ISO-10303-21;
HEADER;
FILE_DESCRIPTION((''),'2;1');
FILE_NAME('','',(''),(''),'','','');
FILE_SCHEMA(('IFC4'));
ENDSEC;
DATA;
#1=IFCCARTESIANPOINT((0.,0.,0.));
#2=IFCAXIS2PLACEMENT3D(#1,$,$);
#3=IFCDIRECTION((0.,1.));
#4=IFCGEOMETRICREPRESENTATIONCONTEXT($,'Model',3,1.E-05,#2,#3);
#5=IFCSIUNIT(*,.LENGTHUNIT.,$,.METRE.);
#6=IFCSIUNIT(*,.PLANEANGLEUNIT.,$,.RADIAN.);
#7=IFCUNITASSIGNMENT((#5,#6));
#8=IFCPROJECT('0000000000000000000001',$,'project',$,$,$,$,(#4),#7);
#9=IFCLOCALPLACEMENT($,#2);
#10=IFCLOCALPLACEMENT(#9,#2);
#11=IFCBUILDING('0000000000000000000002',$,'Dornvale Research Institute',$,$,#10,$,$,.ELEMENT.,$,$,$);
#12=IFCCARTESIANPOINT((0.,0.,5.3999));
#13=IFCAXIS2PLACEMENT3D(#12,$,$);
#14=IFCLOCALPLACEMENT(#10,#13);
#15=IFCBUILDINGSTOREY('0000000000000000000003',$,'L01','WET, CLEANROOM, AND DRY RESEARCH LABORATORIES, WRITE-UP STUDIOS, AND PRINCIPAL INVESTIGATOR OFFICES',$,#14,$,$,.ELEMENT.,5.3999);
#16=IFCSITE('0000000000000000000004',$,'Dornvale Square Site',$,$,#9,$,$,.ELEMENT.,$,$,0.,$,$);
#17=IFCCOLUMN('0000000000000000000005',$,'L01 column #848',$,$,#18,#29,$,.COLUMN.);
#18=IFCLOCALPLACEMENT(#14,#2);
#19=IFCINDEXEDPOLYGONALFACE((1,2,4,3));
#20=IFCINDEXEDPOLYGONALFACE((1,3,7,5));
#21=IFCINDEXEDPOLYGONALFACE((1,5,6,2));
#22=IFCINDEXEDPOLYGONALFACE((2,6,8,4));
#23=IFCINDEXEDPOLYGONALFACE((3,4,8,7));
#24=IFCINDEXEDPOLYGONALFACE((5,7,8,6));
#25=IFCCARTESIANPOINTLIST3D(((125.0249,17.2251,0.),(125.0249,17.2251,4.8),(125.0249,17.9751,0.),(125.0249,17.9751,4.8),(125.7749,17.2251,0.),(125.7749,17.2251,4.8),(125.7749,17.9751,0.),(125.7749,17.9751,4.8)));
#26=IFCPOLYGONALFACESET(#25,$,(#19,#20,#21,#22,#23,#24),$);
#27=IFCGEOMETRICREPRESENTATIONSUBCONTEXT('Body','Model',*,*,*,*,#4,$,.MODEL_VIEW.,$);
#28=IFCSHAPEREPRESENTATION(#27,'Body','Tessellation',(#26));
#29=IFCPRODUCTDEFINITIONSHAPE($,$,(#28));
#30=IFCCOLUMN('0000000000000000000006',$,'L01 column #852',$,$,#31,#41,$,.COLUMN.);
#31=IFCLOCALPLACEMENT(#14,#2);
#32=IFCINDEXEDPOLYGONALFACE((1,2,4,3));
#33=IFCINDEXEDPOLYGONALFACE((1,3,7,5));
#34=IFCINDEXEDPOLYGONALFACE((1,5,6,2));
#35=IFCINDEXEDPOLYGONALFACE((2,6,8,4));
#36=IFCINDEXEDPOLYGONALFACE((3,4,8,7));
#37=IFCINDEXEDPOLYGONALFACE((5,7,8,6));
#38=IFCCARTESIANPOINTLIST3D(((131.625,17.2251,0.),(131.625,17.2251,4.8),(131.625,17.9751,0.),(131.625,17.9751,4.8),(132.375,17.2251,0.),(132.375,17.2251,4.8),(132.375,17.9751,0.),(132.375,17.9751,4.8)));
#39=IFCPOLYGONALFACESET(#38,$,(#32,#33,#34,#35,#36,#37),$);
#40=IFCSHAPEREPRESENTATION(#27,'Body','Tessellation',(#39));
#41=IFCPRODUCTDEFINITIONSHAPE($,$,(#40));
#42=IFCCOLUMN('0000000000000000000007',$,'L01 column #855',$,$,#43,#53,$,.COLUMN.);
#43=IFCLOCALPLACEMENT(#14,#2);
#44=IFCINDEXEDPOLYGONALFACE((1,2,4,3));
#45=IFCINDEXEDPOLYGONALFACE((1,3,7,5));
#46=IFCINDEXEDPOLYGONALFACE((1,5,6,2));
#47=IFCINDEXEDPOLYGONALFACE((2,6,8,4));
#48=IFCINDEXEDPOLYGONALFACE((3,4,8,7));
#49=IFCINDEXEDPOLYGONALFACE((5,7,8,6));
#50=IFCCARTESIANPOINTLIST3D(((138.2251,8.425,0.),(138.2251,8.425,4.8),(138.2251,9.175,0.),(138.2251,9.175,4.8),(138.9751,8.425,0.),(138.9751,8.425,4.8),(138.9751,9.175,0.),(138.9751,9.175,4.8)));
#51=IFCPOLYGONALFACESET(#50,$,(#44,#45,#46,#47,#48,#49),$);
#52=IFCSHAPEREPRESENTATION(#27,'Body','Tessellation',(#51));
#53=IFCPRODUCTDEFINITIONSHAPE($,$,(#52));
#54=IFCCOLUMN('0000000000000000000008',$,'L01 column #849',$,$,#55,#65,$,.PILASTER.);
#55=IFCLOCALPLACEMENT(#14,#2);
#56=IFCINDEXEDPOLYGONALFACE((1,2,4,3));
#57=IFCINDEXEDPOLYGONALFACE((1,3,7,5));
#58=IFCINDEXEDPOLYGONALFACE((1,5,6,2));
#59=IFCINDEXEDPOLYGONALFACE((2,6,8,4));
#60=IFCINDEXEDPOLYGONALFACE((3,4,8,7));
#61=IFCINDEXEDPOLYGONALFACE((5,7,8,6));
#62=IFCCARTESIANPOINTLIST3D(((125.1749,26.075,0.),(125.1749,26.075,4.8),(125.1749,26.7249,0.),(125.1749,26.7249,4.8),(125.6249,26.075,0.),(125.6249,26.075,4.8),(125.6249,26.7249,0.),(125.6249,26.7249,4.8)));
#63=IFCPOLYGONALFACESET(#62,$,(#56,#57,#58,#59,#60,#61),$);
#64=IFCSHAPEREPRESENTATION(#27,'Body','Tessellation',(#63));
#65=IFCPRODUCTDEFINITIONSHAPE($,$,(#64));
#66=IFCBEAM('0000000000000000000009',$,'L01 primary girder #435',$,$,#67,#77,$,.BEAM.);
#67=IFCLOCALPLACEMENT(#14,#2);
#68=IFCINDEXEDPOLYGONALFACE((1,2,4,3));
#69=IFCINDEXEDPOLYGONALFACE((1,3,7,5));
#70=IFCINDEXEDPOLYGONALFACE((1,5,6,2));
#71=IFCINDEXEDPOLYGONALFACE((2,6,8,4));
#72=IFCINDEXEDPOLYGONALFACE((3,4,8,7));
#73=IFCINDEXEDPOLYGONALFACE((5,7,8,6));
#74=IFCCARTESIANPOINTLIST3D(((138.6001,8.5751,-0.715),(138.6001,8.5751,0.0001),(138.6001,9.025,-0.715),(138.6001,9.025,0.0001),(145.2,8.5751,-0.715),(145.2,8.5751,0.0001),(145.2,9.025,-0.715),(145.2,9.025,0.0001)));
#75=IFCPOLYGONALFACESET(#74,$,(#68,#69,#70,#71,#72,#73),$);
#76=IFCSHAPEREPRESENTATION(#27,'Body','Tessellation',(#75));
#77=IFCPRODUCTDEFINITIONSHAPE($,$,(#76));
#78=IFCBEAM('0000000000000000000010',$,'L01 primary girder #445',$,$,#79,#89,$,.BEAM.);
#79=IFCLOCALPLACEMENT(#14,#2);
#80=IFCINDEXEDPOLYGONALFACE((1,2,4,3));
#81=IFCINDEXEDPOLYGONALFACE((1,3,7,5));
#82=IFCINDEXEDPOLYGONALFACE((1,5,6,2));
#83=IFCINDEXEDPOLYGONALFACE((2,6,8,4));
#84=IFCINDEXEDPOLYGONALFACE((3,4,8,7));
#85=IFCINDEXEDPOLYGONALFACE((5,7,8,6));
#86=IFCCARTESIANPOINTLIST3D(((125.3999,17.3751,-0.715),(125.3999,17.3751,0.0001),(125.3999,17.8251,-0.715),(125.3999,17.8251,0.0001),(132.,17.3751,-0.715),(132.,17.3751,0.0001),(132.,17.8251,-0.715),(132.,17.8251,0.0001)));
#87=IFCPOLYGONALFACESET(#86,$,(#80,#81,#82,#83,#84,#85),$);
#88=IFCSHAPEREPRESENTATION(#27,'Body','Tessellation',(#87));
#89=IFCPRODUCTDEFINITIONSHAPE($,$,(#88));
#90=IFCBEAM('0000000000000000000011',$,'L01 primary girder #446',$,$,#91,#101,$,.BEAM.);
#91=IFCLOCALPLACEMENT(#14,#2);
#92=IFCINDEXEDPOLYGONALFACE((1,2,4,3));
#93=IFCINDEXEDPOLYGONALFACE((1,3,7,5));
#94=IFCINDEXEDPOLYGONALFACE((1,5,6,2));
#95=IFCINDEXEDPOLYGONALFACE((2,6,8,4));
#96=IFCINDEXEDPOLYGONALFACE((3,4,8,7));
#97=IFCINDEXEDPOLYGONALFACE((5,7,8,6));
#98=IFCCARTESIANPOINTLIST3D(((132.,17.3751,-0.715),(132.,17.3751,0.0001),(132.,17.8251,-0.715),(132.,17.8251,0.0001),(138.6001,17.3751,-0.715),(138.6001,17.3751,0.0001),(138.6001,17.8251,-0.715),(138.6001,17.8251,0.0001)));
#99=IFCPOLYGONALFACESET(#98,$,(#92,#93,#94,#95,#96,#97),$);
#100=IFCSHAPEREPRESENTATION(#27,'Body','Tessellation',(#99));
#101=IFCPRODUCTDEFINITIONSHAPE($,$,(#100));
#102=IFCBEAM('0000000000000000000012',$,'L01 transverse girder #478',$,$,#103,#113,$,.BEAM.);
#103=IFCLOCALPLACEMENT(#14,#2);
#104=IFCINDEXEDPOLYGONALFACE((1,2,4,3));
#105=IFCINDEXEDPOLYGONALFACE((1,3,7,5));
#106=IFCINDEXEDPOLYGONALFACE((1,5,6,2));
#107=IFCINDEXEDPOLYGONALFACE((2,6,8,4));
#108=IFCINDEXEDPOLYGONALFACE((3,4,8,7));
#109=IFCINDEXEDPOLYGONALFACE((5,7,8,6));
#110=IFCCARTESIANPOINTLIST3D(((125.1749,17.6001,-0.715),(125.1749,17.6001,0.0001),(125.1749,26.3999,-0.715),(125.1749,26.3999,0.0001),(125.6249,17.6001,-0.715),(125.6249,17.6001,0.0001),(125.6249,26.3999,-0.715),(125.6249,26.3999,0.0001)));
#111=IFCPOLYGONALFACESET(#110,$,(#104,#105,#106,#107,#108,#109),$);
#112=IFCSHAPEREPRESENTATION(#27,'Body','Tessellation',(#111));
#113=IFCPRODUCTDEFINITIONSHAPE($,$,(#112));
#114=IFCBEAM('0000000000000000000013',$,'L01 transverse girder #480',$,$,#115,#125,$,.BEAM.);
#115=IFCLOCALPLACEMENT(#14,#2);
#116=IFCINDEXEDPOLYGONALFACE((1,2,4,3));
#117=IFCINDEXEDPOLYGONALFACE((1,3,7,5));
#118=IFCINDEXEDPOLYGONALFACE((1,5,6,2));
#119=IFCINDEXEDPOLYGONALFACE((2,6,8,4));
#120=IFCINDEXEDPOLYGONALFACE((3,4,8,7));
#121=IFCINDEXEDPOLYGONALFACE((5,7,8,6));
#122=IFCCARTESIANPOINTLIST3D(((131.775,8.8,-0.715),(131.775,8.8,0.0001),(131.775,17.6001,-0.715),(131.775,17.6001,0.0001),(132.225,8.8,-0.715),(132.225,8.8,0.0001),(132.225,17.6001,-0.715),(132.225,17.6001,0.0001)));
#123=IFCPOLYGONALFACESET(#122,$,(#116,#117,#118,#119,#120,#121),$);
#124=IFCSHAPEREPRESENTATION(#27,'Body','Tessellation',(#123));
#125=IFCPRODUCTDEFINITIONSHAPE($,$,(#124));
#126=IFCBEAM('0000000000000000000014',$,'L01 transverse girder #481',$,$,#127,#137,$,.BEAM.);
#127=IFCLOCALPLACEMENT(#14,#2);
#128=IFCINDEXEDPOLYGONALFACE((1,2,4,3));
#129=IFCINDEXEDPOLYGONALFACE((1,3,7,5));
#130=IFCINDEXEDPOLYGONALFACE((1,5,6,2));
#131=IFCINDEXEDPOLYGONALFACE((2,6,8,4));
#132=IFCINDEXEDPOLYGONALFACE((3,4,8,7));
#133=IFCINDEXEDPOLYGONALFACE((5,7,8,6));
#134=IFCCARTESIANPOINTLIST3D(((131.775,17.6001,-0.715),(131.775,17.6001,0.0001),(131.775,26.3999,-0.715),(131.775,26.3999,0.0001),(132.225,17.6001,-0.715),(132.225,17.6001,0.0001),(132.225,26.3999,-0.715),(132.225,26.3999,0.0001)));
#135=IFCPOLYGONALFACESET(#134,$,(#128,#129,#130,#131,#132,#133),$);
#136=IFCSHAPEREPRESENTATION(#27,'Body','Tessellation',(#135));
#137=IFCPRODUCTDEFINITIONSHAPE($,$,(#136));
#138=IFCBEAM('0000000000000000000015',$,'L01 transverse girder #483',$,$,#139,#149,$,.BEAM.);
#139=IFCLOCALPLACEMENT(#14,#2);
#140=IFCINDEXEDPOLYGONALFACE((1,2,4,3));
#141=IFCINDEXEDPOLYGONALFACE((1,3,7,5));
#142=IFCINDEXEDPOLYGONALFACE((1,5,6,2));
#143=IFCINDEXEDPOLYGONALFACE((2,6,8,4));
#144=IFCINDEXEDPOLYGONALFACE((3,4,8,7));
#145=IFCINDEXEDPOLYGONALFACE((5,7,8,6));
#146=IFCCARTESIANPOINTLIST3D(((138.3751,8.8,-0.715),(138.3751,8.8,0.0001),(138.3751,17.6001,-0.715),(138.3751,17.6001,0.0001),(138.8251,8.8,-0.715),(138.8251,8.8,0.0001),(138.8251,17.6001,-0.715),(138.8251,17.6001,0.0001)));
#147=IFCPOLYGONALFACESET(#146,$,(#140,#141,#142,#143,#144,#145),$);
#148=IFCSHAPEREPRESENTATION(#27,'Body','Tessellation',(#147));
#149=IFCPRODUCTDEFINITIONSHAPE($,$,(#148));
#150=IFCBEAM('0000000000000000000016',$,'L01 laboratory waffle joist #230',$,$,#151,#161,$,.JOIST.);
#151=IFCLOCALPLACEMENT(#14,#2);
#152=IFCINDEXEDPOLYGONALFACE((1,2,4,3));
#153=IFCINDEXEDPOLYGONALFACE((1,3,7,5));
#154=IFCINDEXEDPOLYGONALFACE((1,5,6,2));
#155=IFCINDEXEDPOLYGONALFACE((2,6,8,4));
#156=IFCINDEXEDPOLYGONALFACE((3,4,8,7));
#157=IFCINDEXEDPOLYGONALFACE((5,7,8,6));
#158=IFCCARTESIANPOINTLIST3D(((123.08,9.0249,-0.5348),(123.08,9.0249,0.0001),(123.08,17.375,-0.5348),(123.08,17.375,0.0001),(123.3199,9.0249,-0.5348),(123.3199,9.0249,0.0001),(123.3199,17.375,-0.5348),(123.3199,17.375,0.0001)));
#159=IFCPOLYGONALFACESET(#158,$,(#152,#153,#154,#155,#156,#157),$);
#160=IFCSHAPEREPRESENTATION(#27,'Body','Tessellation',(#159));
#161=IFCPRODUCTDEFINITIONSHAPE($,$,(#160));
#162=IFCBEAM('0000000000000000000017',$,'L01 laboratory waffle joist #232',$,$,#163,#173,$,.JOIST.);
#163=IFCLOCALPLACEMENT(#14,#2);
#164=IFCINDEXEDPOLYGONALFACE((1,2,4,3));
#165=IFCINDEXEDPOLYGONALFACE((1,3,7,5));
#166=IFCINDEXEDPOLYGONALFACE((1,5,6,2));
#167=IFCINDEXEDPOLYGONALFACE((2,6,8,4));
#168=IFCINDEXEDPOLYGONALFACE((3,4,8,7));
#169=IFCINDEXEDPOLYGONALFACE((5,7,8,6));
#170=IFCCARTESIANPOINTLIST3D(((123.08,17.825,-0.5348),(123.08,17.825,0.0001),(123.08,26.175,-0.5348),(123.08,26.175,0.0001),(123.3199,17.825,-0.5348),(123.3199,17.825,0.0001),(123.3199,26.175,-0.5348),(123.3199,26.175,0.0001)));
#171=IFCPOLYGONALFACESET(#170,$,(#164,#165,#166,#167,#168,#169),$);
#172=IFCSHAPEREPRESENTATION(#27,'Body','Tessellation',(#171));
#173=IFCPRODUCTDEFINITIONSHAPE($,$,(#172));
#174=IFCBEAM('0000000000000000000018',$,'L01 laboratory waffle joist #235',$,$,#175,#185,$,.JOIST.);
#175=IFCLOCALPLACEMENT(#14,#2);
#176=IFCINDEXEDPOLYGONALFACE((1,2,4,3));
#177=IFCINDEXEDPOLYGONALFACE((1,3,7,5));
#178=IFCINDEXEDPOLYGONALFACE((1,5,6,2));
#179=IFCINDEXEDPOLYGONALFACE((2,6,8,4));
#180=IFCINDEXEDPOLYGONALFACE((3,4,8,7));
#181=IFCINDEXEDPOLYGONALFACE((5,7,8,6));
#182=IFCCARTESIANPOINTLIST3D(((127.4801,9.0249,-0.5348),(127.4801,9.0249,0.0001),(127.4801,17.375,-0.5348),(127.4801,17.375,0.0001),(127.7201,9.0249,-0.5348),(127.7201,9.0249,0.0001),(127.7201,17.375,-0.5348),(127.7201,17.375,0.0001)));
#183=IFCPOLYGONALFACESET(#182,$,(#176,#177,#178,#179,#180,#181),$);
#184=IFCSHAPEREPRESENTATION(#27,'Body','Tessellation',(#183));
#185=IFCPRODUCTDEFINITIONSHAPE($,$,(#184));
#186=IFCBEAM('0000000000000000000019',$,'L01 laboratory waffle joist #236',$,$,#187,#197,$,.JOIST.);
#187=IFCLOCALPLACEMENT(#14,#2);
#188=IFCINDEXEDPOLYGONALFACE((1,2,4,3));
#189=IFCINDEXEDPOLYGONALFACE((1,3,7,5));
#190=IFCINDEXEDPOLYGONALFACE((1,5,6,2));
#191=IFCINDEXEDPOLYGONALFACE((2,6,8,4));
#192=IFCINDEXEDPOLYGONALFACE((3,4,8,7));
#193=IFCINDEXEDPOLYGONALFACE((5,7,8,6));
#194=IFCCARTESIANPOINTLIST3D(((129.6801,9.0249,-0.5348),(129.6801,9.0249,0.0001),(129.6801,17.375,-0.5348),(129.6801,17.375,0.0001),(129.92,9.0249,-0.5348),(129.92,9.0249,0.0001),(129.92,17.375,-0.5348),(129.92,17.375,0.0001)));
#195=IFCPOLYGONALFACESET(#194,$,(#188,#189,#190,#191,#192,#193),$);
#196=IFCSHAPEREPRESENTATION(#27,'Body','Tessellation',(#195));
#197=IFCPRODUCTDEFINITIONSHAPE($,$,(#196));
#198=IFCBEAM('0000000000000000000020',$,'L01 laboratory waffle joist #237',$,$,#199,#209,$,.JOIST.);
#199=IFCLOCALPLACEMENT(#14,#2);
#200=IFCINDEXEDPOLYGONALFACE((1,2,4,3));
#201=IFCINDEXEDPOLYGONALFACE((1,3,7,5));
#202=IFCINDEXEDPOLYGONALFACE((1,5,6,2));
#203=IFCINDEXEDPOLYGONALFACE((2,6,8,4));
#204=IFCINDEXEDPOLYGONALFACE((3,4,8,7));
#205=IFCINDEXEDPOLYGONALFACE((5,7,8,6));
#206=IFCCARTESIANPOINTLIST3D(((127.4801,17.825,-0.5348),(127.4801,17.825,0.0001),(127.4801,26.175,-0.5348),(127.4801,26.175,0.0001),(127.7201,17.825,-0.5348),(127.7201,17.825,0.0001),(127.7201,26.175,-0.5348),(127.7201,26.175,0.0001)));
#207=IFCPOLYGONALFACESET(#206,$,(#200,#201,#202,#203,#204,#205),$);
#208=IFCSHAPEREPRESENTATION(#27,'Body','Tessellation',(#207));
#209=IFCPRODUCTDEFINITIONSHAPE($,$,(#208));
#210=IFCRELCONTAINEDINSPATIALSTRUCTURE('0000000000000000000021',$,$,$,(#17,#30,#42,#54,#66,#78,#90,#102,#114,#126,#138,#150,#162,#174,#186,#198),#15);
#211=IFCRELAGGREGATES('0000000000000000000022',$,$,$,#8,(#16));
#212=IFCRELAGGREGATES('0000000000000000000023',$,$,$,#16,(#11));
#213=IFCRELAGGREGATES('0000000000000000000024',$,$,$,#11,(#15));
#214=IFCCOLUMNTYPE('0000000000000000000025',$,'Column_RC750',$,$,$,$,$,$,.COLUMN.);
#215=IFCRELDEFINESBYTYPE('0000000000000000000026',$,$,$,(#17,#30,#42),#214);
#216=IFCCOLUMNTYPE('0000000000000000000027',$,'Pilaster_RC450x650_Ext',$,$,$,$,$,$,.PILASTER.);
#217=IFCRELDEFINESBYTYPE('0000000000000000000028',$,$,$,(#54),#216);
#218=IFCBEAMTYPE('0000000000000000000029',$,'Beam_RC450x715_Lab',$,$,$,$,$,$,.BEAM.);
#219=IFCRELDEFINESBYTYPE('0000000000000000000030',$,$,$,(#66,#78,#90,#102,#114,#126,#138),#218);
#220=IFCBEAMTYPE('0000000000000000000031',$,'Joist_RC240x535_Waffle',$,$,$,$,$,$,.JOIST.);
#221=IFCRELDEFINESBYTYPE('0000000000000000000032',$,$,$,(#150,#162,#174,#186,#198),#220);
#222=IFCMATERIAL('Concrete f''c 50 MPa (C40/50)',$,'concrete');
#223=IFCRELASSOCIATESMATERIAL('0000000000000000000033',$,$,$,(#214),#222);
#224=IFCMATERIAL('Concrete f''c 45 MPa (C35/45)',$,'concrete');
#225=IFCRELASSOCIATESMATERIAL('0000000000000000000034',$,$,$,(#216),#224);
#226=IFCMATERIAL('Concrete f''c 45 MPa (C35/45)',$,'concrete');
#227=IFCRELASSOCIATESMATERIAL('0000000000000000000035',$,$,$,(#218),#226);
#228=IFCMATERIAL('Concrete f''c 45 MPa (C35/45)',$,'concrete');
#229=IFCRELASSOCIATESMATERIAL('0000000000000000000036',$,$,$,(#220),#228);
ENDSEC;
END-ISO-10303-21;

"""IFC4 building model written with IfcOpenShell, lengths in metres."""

from ifc_helpers import new_model, si_unit, direction, frame, origin, origin_2d, place, context, subcontext, project, spatial, rectangle, extrude, material, material_profile, profile_set, type_object, element, save


model = new_model("IFC4")

# Units and contexts
model_context = context("Model", 3, precision=1e-05, world=origin(), true_north=direction((0.0, 1.0)))
body_context = subcontext(model_context, "Body", "Model", "MODEL_VIEW")
ifc_project = project(units=[si_unit("LENGTHUNIT", "METRE"), si_unit("PLANEANGLEUNIT", "RADIAN")], contexts=[model_context])

# Site, building, storey
site_placement = place(None, origin())
site = spatial("IfcSite", under=ifc_project, at=site_placement, Name="Dornvale Square Site", CompositionType="ELEMENT", RefElevation=0.0)
building_placement = place(site_placement, origin())
building = spatial("IfcBuilding", under=site, at=building_placement, Name="Dornvale Research Institute", CompositionType="ELEMENT")
storey_placement = place(building_placement, frame((0.0, 0.0, 5.3999)))
storey = spatial("IfcBuildingStorey", under=building, at=storey_placement, Name="L01", Description="WET, CLEANROOM, AND DRY RESEARCH LABORATORIES, WRITE-UP STUDIOS, AND PRINCIPAL INVESTIGATOR OFFICES", CompositionType="ELEMENT", Elevation=5.3999)

# Columns
ifc_material_1 = material(Name="Concrete f'c 50 MPa (C40/50)", Category="concrete")
ifc_material_profile_1 = material_profile(ifc_material_1, rectangle(XDim=0.75, YDim=0.75, at=origin_2d()), Name="RC 750x750")
ifc_profile_set_1 = profile_set([ifc_material_profile_1], Name="Concrete f'c 50 MPa (C40/50)")
column_type_1 = type_object("IfcColumnType", Name="Column_RC750", PredefinedType="COLUMN", material=ifc_profile_set_1)
for number, where, z_axis, x_axis, name in (
    (1, (125.3999, 17.6001, 0.0), (0.0, 0.0, 1.0), (1.0, 0.0, 0.0), "L01 column #848"),
    (2, (132.0, 17.6001, 0.0), (0.0, 0.0, 1.0), (1.0, 0.0, 0.0), "L01 column #852"),
    (3, (138.6001, 8.8, 0.0), (0.0, 0.0, 1.0), (1.0, 0.0, 0.0), "L01 column #855"),
):
    element("IfcColumn", number, at=place(storey_placement, frame(where, z_axis=z_axis, x_axis=x_axis)), inside=storey, type_object=column_type_1, Name=name, PredefinedType="COLUMN", context=body_context, shape_type="SweptSolid", body=[
        extrude(rectangle(XDim=0.75, YDim=0.75, at=origin_2d()), origin(), (0.0, 0.0, 1.0), 4.8),
    ])
ifc_material_2 = material(Name="Concrete f'c 45 MPa (C35/45)", Category="concrete")
ifc_material_profile_2 = material_profile(ifc_material_2, rectangle(XDim=0.45, YDim=0.6499, at=origin_2d()), Name="RC 450x650")
ifc_profile_set_2 = profile_set([ifc_material_profile_2], Name="Concrete f'c 45 MPa (C35/45)")
column_type_2 = type_object("IfcColumnType", Name="Pilaster_RC450x650_Ext", PredefinedType="PILASTER", material=ifc_profile_set_2)
column_placement = place(storey_placement, frame((125.3999, 26.3999, 0.0), z_axis=(0.0, 0.0, 1.0), x_axis=(1.0, 0.0, 0.0)))
element("IfcColumn", 4, at=column_placement, inside=storey, type_object=column_type_2, Name="L01 column #849", PredefinedType="PILASTER", context=body_context, shape_type="SweptSolid", body=[
    extrude(rectangle(XDim=0.45, YDim=0.6499, at=origin_2d()), origin(), (0.0, 0.0, 1.0), 4.8),
])

# Beams
ifc_material_3 = material(Name="Concrete f'c 45 MPa (C35/45)", Category="concrete")
ifc_material_profile_3 = material_profile(ifc_material_3, rectangle(XDim=0.45, YDim=0.7151, at=origin_2d()), Name="RC 450x715")
ifc_profile_set_3 = profile_set([ifc_material_profile_3], Name="Concrete f'c 45 MPa (C35/45)")
beam_type_1 = type_object("IfcBeamType", Name="Beam_RC450x715_Lab", PredefinedType="BEAM", material=ifc_profile_set_3)
beam_1_placement = place(storey_placement, frame((138.6001, 8.8, -0.3574), z_axis=(1.0, 0.0, 0.0), x_axis=(0.0, 1.0, 0.0)))
element("IfcBeam", 5, at=beam_1_placement, inside=storey, type_object=beam_type_1, Name="L01 primary girder #435", PredefinedType="BEAM", context=body_context, shape_type="SweptSolid", body=[
    extrude(rectangle(XDim=0.45, YDim=0.7151, at=origin_2d()), origin(), (0.0, 0.0, 1.0), 6.5999),
])
for number, where, z_axis, x_axis, name in (
    (6, (125.3999, 17.6001, -0.3574), (1.0, 0.0, 0.0), (0.0, 1.0, 0.0), "L01 primary girder #445"),
    (7, (132.0, 17.6001, -0.3574), (1.0, 0.0, 0.0), (0.0, 1.0, 0.0), "L01 primary girder #446"),
):
    element("IfcBeam", number, at=place(storey_placement, frame(where, z_axis=z_axis, x_axis=x_axis)), inside=storey, type_object=beam_type_1, Name=name, PredefinedType="BEAM", context=body_context, shape_type="SweptSolid", body=[
        extrude(rectangle(XDim=0.45, YDim=0.7151, at=origin_2d()), origin(), (0.0, 0.0, 1.0), 6.6001),
    ])
beam_2_placement = place(storey_placement, frame((125.3999, 17.6001, -0.3574), z_axis=(0.0, 1.0, 0.0), x_axis=(-1.0, 0.0, 0.0)))
element("IfcBeam", 8, at=beam_2_placement, inside=storey, type_object=beam_type_1, Name="L01 transverse girder #478", PredefinedType="BEAM", context=body_context, shape_type="SweptSolid", body=[
    extrude(rectangle(XDim=0.45, YDim=0.7151, at=origin_2d()), origin(), (0.0, 0.0, 1.0), 8.7998),
])
beam_3_placement = place(storey_placement, frame((132.0, 8.8, -0.3574), z_axis=(0.0, 1.0, 0.0), x_axis=(-1.0, 0.0, 0.0)))
element("IfcBeam", 9, at=beam_3_placement, inside=storey, type_object=beam_type_1, Name="L01 transverse girder #480", PredefinedType="BEAM", context=body_context, shape_type="SweptSolid", body=[
    extrude(rectangle(XDim=0.45, YDim=0.7151, at=origin_2d()), origin(), (0.0, 0.0, 1.0), 8.8),
])
beam_4_placement = place(storey_placement, frame((132.0, 17.6001, -0.3574), z_axis=(0.0, 1.0, 0.0), x_axis=(-1.0, 0.0, 0.0)))
element("IfcBeam", 10, at=beam_4_placement, inside=storey, type_object=beam_type_1, Name="L01 transverse girder #481", PredefinedType="BEAM", context=body_context, shape_type="SweptSolid", body=[
    extrude(rectangle(XDim=0.45, YDim=0.7151, at=origin_2d()), origin(), (0.0, 0.0, 1.0), 8.7998),
])
beam_5_placement = place(storey_placement, frame((138.6001, 8.8, -0.3574), z_axis=(0.0, 1.0, 0.0), x_axis=(-1.0, 0.0, 0.0)))
element("IfcBeam", 11, at=beam_5_placement, inside=storey, type_object=beam_type_1, Name="L01 transverse girder #483", PredefinedType="BEAM", context=body_context, shape_type="SweptSolid", body=[
    extrude(rectangle(XDim=0.45, YDim=0.7151, at=origin_2d()), origin(), (0.0, 0.0, 1.0), 8.8),
])
ifc_material_4 = material(Name="Concrete f'c 45 MPa (C35/45)", Category="concrete")
ifc_material_profile_4 = material_profile(ifc_material_4, rectangle(XDim=0.24, YDim=0.5349, at=origin_2d()), Name="RC 240x535")
ifc_profile_set_4 = profile_set([ifc_material_profile_4], Name="Concrete f'c 45 MPa (C35/45)")
beam_type_2 = type_object("IfcBeamType", Name="Joist_RC240x535_Waffle", PredefinedType="JOIST", material=ifc_profile_set_4)
for number, where, z_axis, x_axis, name in (
    (12, (123.2, 9.0249, -0.2673), (0.0, 1.0, 0.0), (-1.0, 0.0, 0.0), "L01 laboratory waffle joist #230"),
    (13, (123.2, 17.825, -0.2673), (0.0, 1.0, 0.0), (-1.0, 0.0, 0.0), "L01 laboratory waffle joist #232"),
    (14, (127.6001, 9.0249, -0.2673), (0.0, 1.0, 0.0), (-1.0, 0.0, 0.0), "L01 laboratory waffle joist #235"),
    (15, (129.8, 9.0249, -0.2673), (0.0, 1.0, 0.0), (-1.0, 0.0, 0.0), "L01 laboratory waffle joist #236"),
    (16, (127.6001, 17.825, -0.2673), (0.0, 1.0, 0.0), (-1.0, 0.0, 0.0), "L01 laboratory waffle joist #237"),
):
    element("IfcBeam", number, at=place(storey_placement, frame(where, z_axis=z_axis, x_axis=x_axis)), inside=storey, type_object=beam_type_2, Name=name, PredefinedType="JOIST", context=body_context, shape_type="SweptSolid", body=[
        extrude(rectangle(XDim=0.24, YDim=0.5349, at=origin_2d()), origin(), (0.0, 0.0, 1.0), 8.3501),
    ])

save(model, "model.ifc")
